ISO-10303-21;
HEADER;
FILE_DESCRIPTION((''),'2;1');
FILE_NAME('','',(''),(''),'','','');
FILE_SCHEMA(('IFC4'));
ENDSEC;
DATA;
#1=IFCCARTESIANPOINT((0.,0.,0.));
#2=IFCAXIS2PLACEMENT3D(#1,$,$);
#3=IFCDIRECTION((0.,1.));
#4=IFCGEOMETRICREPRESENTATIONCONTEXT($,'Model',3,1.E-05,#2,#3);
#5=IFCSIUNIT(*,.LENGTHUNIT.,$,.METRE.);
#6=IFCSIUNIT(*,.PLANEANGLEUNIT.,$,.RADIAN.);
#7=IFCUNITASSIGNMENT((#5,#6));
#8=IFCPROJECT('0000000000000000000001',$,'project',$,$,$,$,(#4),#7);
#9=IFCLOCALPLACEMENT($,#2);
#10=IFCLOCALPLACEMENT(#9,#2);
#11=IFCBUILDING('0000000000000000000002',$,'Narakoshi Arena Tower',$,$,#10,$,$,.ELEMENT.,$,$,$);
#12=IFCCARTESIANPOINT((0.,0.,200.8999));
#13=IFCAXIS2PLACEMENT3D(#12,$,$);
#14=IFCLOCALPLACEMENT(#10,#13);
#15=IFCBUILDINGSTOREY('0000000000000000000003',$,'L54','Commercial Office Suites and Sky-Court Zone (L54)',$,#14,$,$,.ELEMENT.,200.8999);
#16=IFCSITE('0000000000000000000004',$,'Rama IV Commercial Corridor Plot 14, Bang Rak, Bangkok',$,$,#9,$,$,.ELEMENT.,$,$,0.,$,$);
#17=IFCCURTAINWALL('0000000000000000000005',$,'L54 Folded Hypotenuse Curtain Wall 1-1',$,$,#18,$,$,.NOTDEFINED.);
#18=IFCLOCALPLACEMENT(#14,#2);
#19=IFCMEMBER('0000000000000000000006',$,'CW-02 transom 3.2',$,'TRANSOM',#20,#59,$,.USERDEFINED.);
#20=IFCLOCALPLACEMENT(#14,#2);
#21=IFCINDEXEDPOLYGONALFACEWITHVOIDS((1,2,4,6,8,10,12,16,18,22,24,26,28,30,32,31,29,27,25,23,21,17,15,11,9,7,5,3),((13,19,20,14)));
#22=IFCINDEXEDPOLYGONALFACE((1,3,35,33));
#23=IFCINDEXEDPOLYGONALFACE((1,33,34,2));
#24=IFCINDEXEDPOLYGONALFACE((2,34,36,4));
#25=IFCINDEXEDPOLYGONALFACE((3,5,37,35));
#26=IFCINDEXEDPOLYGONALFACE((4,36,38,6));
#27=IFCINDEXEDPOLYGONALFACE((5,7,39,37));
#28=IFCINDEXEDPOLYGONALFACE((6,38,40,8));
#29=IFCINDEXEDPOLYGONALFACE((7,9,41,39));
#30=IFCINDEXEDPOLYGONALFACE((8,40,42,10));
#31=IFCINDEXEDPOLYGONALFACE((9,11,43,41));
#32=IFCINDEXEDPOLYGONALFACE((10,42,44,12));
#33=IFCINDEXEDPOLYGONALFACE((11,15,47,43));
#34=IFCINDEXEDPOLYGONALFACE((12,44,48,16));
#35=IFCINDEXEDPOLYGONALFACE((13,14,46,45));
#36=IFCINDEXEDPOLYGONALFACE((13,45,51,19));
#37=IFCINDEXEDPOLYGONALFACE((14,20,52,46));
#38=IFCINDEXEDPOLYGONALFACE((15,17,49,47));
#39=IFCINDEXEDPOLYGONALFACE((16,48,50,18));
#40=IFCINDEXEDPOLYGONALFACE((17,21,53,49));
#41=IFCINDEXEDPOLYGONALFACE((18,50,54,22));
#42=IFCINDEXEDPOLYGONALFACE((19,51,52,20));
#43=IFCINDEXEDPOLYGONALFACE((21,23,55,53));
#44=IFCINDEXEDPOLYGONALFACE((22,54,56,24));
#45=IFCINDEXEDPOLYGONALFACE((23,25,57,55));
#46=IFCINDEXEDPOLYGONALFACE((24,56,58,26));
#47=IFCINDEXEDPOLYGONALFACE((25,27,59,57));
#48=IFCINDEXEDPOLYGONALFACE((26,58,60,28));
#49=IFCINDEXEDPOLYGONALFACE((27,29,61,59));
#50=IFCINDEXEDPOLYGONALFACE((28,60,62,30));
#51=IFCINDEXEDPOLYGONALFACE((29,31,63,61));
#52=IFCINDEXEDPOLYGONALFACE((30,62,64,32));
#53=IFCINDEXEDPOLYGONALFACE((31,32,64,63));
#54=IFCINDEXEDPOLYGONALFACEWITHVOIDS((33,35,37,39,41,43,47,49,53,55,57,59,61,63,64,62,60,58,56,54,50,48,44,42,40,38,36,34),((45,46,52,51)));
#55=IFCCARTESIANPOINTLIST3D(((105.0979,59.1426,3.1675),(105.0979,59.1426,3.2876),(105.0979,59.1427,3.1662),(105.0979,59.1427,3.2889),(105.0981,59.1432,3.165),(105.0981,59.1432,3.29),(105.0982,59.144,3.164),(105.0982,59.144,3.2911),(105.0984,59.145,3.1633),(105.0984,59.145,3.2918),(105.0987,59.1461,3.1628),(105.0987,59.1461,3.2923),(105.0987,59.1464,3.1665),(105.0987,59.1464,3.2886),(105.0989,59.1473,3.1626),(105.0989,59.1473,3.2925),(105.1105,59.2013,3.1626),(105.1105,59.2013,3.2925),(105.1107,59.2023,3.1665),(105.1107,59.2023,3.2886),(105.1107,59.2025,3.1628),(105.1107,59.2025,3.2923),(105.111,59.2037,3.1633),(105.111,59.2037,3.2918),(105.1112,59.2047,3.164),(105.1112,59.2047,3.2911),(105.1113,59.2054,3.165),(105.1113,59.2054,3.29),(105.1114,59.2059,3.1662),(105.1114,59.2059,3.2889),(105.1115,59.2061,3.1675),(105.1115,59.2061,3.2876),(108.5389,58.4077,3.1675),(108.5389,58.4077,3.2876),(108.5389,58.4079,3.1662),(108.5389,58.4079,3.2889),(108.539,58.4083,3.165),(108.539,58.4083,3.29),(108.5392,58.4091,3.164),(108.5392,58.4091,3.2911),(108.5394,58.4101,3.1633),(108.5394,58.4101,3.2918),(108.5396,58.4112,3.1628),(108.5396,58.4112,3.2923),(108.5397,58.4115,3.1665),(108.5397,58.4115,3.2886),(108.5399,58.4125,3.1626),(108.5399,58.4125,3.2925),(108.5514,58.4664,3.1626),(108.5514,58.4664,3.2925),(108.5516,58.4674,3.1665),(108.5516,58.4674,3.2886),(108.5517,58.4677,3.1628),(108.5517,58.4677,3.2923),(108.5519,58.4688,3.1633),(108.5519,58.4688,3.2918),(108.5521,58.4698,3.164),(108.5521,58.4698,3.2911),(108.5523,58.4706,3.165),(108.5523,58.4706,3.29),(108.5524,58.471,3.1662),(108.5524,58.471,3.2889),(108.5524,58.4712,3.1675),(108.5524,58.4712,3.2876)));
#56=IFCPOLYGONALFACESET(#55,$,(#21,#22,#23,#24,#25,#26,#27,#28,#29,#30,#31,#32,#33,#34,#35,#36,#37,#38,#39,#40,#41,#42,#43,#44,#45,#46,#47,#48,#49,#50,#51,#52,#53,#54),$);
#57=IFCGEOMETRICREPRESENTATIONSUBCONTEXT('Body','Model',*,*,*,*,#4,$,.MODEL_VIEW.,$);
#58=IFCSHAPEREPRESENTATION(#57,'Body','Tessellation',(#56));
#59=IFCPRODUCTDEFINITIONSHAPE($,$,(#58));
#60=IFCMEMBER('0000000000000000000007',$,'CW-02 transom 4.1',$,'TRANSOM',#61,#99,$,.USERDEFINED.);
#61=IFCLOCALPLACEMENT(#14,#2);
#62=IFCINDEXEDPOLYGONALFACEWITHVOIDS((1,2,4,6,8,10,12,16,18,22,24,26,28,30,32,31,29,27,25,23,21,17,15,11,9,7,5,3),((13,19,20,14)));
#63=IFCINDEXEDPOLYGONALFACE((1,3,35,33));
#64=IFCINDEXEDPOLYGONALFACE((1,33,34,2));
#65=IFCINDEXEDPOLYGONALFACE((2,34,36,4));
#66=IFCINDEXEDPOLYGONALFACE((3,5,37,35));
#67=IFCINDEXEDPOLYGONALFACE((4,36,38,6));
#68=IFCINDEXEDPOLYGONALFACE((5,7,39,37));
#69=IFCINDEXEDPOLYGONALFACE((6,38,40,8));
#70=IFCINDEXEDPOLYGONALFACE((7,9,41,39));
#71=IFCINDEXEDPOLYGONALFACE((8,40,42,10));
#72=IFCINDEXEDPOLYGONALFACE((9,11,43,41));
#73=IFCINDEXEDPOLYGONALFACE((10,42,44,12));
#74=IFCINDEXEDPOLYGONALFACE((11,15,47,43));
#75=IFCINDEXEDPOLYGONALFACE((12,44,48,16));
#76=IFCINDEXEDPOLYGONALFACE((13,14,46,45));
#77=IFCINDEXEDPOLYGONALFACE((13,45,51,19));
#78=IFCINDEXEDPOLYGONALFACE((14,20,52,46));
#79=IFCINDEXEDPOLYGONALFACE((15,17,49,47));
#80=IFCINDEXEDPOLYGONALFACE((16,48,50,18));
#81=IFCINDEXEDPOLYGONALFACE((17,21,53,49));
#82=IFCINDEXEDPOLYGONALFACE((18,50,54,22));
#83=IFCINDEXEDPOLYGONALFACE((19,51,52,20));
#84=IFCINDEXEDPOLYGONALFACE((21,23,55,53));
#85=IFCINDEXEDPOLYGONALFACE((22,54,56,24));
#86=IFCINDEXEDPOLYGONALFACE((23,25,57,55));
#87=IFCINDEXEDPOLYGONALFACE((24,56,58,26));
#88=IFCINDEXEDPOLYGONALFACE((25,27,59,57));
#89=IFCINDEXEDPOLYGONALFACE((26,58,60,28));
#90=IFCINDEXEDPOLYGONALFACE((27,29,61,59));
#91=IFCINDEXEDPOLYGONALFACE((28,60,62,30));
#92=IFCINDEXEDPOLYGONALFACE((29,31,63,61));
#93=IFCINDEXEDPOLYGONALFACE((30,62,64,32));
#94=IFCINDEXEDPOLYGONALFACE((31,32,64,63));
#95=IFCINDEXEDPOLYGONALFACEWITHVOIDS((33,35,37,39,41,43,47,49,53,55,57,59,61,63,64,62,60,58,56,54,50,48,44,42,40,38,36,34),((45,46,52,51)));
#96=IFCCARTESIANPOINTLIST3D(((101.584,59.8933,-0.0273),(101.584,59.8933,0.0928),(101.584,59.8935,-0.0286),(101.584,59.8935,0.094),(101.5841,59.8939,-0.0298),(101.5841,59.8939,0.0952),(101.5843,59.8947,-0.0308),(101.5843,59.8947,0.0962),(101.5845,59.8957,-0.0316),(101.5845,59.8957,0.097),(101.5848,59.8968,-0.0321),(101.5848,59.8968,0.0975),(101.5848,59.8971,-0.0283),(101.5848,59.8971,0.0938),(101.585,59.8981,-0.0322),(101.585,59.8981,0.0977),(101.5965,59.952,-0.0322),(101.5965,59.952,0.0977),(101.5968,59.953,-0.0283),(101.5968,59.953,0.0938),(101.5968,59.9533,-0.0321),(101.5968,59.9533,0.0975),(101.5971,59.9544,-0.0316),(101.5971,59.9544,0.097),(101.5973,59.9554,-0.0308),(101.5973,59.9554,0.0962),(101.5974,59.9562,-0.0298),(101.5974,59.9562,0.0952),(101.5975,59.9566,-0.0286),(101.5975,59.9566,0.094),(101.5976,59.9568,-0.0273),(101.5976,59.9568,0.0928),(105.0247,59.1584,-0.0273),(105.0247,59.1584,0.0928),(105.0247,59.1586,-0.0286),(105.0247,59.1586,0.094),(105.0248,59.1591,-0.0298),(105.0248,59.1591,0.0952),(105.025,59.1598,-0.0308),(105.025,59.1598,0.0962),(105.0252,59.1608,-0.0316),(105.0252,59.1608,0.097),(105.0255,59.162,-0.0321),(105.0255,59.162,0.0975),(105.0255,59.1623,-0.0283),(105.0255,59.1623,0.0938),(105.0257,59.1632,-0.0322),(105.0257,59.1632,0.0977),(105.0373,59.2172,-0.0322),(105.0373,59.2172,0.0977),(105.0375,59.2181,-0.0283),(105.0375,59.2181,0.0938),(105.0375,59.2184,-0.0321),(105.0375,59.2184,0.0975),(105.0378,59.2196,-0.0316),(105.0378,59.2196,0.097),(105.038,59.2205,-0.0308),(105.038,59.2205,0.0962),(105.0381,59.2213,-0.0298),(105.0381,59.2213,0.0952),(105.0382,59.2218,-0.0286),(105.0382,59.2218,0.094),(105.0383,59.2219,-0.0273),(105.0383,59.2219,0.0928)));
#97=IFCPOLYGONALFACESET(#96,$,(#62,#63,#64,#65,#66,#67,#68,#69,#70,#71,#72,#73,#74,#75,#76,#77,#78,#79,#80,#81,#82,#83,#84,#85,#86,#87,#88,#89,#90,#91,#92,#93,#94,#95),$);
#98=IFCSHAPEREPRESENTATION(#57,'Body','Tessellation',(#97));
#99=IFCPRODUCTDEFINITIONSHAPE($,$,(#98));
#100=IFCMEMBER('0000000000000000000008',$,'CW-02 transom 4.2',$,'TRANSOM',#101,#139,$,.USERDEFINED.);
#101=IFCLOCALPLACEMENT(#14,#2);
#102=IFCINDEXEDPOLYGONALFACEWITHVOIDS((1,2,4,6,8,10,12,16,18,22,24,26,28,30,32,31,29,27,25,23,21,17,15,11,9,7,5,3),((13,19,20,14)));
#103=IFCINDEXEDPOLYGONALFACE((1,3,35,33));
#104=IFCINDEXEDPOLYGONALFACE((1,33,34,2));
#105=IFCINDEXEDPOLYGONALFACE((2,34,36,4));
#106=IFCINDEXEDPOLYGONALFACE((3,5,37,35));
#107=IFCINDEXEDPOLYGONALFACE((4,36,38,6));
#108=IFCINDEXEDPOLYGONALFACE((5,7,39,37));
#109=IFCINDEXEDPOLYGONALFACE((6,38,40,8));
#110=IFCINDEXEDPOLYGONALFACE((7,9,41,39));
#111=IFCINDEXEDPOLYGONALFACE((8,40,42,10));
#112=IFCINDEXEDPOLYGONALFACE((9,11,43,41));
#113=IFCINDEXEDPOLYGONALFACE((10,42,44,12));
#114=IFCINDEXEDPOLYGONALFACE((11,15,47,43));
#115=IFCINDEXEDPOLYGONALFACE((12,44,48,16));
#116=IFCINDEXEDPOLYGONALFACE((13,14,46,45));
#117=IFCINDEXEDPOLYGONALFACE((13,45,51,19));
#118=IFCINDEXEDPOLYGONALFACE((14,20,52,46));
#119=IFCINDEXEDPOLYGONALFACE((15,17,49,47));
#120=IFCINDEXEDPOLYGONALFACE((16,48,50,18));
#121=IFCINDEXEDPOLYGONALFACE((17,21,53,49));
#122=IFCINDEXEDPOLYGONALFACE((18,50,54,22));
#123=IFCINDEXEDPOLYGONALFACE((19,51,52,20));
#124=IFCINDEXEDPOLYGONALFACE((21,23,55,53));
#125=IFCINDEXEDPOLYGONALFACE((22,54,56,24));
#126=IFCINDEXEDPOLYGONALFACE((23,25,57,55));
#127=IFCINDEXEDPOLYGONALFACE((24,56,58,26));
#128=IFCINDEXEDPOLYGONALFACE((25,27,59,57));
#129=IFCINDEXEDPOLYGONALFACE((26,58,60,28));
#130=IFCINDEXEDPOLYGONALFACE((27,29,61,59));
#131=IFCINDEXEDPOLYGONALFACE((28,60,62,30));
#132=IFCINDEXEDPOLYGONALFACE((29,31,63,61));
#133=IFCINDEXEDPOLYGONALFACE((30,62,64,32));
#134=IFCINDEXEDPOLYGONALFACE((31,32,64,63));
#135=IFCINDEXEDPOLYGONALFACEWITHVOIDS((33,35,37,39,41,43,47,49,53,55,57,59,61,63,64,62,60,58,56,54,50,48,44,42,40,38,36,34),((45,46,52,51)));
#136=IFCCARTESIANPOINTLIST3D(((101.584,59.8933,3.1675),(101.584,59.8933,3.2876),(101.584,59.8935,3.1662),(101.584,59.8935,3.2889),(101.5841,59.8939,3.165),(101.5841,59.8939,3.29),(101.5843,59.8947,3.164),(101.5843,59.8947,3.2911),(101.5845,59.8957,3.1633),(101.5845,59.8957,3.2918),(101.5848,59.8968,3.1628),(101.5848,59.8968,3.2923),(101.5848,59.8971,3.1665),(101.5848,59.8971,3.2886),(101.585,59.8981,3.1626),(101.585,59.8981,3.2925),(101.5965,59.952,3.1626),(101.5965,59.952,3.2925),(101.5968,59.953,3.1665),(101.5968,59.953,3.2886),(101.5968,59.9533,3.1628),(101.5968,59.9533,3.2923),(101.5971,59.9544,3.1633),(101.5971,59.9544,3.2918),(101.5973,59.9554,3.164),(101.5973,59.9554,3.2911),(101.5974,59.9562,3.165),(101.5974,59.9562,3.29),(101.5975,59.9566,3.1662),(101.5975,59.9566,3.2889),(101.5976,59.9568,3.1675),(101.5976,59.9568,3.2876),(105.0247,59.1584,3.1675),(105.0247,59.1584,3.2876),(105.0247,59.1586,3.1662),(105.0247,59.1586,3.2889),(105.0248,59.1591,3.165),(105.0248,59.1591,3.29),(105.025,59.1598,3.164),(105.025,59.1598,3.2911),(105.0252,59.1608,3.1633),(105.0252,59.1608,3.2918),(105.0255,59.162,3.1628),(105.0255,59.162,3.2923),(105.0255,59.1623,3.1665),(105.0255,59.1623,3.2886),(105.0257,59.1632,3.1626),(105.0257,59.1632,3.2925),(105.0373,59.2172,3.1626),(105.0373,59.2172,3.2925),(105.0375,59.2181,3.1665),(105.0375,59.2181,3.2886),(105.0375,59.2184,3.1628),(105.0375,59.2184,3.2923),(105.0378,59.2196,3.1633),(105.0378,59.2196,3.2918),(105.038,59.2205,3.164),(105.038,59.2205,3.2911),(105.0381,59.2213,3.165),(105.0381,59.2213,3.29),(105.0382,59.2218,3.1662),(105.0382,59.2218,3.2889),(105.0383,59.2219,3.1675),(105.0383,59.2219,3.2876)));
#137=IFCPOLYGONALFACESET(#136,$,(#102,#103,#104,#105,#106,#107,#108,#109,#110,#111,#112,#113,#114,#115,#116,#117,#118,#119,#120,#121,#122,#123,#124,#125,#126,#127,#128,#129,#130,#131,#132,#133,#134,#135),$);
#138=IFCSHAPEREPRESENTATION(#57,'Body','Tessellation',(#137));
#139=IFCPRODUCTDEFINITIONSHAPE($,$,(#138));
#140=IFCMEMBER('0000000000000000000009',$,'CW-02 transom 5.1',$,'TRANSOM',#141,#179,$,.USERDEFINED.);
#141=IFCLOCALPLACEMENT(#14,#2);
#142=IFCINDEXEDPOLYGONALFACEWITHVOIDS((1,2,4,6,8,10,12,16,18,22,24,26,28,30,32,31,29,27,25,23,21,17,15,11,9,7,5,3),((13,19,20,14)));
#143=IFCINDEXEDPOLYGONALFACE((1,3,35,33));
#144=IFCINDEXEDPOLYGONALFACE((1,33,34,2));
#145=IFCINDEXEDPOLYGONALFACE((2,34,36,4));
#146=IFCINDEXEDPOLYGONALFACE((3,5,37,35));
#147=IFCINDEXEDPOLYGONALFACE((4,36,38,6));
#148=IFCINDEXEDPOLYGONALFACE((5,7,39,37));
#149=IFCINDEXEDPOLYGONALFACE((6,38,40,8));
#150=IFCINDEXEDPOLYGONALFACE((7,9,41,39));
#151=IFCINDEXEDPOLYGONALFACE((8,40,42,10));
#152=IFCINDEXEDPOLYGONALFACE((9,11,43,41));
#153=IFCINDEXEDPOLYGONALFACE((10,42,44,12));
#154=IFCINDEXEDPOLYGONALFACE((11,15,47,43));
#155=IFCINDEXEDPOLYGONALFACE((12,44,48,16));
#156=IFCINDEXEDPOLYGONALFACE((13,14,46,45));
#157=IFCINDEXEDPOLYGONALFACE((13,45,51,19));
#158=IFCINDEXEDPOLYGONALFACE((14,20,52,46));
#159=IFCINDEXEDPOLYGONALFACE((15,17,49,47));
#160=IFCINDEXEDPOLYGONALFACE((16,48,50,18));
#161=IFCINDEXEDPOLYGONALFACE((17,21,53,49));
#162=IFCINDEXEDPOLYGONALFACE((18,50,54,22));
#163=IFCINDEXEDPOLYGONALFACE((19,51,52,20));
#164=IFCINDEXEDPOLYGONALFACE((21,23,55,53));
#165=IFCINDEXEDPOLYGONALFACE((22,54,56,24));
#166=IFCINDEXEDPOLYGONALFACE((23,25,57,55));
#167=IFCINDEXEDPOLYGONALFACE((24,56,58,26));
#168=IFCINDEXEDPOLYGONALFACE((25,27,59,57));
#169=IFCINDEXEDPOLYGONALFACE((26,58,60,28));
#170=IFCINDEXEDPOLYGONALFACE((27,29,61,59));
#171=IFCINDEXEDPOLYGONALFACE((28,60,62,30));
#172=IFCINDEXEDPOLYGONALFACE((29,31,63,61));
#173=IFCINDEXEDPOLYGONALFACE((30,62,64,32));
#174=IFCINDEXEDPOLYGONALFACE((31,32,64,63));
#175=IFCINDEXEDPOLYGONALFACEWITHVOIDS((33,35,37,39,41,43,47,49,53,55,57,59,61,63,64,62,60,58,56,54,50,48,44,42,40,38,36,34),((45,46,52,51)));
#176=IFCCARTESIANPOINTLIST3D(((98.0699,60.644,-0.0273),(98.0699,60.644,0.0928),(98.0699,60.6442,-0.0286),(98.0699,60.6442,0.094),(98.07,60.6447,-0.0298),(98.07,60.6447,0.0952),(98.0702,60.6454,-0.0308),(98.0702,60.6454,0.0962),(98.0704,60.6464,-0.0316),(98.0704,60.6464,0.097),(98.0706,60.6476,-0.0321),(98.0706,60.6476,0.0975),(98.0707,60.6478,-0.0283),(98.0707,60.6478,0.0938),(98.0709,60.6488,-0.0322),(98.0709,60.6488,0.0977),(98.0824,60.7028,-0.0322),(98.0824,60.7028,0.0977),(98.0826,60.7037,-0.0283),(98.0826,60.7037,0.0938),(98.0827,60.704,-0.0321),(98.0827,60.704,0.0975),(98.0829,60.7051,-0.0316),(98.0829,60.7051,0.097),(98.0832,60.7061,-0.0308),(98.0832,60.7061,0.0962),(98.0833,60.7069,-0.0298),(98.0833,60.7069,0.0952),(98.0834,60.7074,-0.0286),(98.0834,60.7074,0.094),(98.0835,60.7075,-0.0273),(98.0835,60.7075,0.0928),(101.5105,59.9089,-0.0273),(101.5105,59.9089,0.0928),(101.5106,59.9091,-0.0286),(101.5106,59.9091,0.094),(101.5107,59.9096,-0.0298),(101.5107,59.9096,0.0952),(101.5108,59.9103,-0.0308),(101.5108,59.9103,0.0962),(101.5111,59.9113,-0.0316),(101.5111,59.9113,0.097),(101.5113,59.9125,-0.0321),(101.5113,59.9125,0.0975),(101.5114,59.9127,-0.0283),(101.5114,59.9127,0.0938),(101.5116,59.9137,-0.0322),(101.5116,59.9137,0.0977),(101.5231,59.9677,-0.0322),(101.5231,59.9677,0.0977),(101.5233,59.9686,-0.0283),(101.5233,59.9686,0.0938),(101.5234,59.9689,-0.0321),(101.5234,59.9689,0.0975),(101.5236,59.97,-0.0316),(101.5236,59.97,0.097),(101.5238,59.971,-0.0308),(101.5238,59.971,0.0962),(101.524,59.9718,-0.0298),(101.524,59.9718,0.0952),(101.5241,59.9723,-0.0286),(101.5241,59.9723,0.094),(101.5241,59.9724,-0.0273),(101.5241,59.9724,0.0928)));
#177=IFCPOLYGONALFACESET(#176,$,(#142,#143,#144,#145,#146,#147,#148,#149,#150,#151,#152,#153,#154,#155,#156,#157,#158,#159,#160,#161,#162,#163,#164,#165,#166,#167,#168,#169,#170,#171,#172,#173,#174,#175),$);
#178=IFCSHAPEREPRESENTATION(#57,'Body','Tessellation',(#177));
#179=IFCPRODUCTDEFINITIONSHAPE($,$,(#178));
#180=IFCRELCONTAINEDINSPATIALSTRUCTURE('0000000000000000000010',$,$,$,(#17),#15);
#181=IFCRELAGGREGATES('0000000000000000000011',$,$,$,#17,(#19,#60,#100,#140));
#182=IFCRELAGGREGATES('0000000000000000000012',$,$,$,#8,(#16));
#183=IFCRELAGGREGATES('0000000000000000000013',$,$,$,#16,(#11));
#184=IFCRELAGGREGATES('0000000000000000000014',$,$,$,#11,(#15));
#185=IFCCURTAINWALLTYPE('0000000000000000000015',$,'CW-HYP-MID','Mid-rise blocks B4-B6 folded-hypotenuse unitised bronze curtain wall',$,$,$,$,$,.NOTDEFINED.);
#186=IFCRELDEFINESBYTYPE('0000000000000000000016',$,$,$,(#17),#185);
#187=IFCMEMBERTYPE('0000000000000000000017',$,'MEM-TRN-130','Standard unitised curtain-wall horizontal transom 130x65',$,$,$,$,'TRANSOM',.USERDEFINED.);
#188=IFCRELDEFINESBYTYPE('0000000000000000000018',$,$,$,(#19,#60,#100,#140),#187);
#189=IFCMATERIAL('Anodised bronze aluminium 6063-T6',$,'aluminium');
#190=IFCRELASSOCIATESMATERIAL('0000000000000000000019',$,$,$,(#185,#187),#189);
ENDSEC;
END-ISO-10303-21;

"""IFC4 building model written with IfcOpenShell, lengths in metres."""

from ifc_helpers import new_model, si_unit, direction, frame, origin, origin_2d, place, context, subcontext, project, spatial, hollow_rectangle, extrude, material, material_profile, profile_set, type_object, element, aggregate, save


model = new_model("IFC4")

# Units and contexts
model_context = context("Model", 3, precision=1e-05, world=origin(), true_north=direction((0.0, 1.0)))
body_context = subcontext(model_context, "Body", "Model", "MODEL_VIEW")
ifc_project = project(units=[si_unit("LENGTHUNIT", "METRE"), si_unit("PLANEANGLEUNIT", "RADIAN")], contexts=[model_context])

# Site, building, storey
site_placement = place(None, origin())
site = spatial("IfcSite", under=ifc_project, at=site_placement, Name="Rama IV Commercial Corridor Plot 14, Bang Rak, Bangkok", CompositionType="ELEMENT", RefElevation=0.0)
building_placement = place(site_placement, origin())
building = spatial("IfcBuilding", under=site, at=building_placement, Name="Narakoshi Arena Tower", CompositionType="ELEMENT")
storey_placement = place(building_placement, frame((0.0, 0.0, 200.8999)))
storey = spatial("IfcBuildingStorey", under=building, at=storey_placement, Name="L54", Description="Commercial Office Suites and Sky-Court Zone (L54)", CompositionType="ELEMENT", Elevation=200.8999)

# Curtain wall, members
ifc_material_1 = material(Name="Anodised bronze aluminium 6063-T6", Category="aluminium")
curtain_wall_type = type_object("IfcCurtainWallType", Name="CW-HYP-MID", Description="Mid-rise blocks B4-B6 folded-hypotenuse unitised bronze curtain wall", PredefinedType="NOTDEFINED", material=ifc_material_1)
curtain_wall_placement = place(storey_placement, origin())
curtain_wall = element("IfcCurtainWall", 1, at=curtain_wall_placement, inside=storey, type_object=curtain_wall_type, Name="L54 Folded Hypotenuse Curtain Wall 1-1", PredefinedType="NOTDEFINED")
ifc_material_profile_1 = material_profile(ifc_material_1, hollow_rectangle(XDim=0.0649, YDim=0.1299, WallThickness=0.0039, OuterFilletRadius=0.0049, at=origin_2d()), Name="TRN130x65x4")
ifc_profile_set_1 = profile_set([ifc_material_profile_1], Name="Anodised bronze aluminium 6063-T6")
member_type_1 = type_object("IfcMemberType", Name="MEM-TRN-130", Description="Standard unitised curtain-wall horizontal transom 130x65", ElementType="TRANSOM", PredefinedType="USERDEFINED", material=ifc_profile_set_1)
member_1_placement = place(storey_placement, frame((108.5457, 58.4395, 3.2275), z_axis=(-0.977946, 0.208856, 0.0), x_axis=(-0.208856, -0.977946, 0.0)))
member_1 = element("IfcMember", 2, at=member_1_placement, type_object=member_type_1, Name="CW-02 transom 3.2", ObjectType="TRANSOM", PredefinedType="USERDEFINED", context=body_context, shape_type="SweptSolid", body=[
    extrude(hollow_rectangle(XDim=0.0649, YDim=0.1299, WallThickness=0.0039, OuterFilletRadius=0.0049, at=origin_2d()), origin(), (0.0, 0.0, 1.0), 3.5186),
])
member_2_placement = place(storey_placement, frame((105.0315, 59.1902, 0.0327), z_axis=(-0.977943, 0.20887, 0.0), x_axis=(-0.20887, -0.977943, 0.0)))
member_2 = element("IfcMember", 3, at=member_2_placement, type_object=member_type_1, Name="CW-02 transom 4.1", ObjectType="TRANSOM", PredefinedType="USERDEFINED", context=body_context, shape_type="SweptSolid", body=[
    extrude(hollow_rectangle(XDim=0.0649, YDim=0.1299, WallThickness=0.0039, OuterFilletRadius=0.0049, at=origin_2d()), origin(), (0.0, 0.0, 1.0), 3.5183),
])
member_3_placement = place(storey_placement, frame((105.0315, 59.1902, 3.2275), z_axis=(-0.977943, 0.20887, 0.0), x_axis=(-0.20887, -0.977943, 0.0)))
member_3 = element("IfcMember", 4, at=member_3_placement, type_object=member_type_1, Name="CW-02 transom 4.2", ObjectType="TRANSOM", PredefinedType="USERDEFINED", context=body_context, shape_type="SweptSolid", body=[
    extrude(hollow_rectangle(XDim=0.0649, YDim=0.1299, WallThickness=0.0039, OuterFilletRadius=0.0049, at=origin_2d()), origin(), (0.0, 0.0, 1.0), 3.5183),
])
member_4_placement = place(storey_placement, frame((101.5173, 59.9407, 0.0327), z_axis=(-0.977929, 0.208937, 0.0), x_axis=(-0.208937, -0.977929, 0.0)))
member_4 = element("IfcMember", 5, at=member_4_placement, type_object=member_type_1, Name="CW-02 transom 5.1", ObjectType="TRANSOM", PredefinedType="USERDEFINED", context=body_context, shape_type="SweptSolid", body=[
    extrude(hollow_rectangle(XDim=0.0649, YDim=0.1299, WallThickness=0.0039, OuterFilletRadius=0.0049, at=origin_2d()), origin(), (0.0, 0.0, 1.0), 3.5183),
])
aggregate(curtain_wall, [member_1, member_2, member_3, member_4])

save(model, "model.ifc")
